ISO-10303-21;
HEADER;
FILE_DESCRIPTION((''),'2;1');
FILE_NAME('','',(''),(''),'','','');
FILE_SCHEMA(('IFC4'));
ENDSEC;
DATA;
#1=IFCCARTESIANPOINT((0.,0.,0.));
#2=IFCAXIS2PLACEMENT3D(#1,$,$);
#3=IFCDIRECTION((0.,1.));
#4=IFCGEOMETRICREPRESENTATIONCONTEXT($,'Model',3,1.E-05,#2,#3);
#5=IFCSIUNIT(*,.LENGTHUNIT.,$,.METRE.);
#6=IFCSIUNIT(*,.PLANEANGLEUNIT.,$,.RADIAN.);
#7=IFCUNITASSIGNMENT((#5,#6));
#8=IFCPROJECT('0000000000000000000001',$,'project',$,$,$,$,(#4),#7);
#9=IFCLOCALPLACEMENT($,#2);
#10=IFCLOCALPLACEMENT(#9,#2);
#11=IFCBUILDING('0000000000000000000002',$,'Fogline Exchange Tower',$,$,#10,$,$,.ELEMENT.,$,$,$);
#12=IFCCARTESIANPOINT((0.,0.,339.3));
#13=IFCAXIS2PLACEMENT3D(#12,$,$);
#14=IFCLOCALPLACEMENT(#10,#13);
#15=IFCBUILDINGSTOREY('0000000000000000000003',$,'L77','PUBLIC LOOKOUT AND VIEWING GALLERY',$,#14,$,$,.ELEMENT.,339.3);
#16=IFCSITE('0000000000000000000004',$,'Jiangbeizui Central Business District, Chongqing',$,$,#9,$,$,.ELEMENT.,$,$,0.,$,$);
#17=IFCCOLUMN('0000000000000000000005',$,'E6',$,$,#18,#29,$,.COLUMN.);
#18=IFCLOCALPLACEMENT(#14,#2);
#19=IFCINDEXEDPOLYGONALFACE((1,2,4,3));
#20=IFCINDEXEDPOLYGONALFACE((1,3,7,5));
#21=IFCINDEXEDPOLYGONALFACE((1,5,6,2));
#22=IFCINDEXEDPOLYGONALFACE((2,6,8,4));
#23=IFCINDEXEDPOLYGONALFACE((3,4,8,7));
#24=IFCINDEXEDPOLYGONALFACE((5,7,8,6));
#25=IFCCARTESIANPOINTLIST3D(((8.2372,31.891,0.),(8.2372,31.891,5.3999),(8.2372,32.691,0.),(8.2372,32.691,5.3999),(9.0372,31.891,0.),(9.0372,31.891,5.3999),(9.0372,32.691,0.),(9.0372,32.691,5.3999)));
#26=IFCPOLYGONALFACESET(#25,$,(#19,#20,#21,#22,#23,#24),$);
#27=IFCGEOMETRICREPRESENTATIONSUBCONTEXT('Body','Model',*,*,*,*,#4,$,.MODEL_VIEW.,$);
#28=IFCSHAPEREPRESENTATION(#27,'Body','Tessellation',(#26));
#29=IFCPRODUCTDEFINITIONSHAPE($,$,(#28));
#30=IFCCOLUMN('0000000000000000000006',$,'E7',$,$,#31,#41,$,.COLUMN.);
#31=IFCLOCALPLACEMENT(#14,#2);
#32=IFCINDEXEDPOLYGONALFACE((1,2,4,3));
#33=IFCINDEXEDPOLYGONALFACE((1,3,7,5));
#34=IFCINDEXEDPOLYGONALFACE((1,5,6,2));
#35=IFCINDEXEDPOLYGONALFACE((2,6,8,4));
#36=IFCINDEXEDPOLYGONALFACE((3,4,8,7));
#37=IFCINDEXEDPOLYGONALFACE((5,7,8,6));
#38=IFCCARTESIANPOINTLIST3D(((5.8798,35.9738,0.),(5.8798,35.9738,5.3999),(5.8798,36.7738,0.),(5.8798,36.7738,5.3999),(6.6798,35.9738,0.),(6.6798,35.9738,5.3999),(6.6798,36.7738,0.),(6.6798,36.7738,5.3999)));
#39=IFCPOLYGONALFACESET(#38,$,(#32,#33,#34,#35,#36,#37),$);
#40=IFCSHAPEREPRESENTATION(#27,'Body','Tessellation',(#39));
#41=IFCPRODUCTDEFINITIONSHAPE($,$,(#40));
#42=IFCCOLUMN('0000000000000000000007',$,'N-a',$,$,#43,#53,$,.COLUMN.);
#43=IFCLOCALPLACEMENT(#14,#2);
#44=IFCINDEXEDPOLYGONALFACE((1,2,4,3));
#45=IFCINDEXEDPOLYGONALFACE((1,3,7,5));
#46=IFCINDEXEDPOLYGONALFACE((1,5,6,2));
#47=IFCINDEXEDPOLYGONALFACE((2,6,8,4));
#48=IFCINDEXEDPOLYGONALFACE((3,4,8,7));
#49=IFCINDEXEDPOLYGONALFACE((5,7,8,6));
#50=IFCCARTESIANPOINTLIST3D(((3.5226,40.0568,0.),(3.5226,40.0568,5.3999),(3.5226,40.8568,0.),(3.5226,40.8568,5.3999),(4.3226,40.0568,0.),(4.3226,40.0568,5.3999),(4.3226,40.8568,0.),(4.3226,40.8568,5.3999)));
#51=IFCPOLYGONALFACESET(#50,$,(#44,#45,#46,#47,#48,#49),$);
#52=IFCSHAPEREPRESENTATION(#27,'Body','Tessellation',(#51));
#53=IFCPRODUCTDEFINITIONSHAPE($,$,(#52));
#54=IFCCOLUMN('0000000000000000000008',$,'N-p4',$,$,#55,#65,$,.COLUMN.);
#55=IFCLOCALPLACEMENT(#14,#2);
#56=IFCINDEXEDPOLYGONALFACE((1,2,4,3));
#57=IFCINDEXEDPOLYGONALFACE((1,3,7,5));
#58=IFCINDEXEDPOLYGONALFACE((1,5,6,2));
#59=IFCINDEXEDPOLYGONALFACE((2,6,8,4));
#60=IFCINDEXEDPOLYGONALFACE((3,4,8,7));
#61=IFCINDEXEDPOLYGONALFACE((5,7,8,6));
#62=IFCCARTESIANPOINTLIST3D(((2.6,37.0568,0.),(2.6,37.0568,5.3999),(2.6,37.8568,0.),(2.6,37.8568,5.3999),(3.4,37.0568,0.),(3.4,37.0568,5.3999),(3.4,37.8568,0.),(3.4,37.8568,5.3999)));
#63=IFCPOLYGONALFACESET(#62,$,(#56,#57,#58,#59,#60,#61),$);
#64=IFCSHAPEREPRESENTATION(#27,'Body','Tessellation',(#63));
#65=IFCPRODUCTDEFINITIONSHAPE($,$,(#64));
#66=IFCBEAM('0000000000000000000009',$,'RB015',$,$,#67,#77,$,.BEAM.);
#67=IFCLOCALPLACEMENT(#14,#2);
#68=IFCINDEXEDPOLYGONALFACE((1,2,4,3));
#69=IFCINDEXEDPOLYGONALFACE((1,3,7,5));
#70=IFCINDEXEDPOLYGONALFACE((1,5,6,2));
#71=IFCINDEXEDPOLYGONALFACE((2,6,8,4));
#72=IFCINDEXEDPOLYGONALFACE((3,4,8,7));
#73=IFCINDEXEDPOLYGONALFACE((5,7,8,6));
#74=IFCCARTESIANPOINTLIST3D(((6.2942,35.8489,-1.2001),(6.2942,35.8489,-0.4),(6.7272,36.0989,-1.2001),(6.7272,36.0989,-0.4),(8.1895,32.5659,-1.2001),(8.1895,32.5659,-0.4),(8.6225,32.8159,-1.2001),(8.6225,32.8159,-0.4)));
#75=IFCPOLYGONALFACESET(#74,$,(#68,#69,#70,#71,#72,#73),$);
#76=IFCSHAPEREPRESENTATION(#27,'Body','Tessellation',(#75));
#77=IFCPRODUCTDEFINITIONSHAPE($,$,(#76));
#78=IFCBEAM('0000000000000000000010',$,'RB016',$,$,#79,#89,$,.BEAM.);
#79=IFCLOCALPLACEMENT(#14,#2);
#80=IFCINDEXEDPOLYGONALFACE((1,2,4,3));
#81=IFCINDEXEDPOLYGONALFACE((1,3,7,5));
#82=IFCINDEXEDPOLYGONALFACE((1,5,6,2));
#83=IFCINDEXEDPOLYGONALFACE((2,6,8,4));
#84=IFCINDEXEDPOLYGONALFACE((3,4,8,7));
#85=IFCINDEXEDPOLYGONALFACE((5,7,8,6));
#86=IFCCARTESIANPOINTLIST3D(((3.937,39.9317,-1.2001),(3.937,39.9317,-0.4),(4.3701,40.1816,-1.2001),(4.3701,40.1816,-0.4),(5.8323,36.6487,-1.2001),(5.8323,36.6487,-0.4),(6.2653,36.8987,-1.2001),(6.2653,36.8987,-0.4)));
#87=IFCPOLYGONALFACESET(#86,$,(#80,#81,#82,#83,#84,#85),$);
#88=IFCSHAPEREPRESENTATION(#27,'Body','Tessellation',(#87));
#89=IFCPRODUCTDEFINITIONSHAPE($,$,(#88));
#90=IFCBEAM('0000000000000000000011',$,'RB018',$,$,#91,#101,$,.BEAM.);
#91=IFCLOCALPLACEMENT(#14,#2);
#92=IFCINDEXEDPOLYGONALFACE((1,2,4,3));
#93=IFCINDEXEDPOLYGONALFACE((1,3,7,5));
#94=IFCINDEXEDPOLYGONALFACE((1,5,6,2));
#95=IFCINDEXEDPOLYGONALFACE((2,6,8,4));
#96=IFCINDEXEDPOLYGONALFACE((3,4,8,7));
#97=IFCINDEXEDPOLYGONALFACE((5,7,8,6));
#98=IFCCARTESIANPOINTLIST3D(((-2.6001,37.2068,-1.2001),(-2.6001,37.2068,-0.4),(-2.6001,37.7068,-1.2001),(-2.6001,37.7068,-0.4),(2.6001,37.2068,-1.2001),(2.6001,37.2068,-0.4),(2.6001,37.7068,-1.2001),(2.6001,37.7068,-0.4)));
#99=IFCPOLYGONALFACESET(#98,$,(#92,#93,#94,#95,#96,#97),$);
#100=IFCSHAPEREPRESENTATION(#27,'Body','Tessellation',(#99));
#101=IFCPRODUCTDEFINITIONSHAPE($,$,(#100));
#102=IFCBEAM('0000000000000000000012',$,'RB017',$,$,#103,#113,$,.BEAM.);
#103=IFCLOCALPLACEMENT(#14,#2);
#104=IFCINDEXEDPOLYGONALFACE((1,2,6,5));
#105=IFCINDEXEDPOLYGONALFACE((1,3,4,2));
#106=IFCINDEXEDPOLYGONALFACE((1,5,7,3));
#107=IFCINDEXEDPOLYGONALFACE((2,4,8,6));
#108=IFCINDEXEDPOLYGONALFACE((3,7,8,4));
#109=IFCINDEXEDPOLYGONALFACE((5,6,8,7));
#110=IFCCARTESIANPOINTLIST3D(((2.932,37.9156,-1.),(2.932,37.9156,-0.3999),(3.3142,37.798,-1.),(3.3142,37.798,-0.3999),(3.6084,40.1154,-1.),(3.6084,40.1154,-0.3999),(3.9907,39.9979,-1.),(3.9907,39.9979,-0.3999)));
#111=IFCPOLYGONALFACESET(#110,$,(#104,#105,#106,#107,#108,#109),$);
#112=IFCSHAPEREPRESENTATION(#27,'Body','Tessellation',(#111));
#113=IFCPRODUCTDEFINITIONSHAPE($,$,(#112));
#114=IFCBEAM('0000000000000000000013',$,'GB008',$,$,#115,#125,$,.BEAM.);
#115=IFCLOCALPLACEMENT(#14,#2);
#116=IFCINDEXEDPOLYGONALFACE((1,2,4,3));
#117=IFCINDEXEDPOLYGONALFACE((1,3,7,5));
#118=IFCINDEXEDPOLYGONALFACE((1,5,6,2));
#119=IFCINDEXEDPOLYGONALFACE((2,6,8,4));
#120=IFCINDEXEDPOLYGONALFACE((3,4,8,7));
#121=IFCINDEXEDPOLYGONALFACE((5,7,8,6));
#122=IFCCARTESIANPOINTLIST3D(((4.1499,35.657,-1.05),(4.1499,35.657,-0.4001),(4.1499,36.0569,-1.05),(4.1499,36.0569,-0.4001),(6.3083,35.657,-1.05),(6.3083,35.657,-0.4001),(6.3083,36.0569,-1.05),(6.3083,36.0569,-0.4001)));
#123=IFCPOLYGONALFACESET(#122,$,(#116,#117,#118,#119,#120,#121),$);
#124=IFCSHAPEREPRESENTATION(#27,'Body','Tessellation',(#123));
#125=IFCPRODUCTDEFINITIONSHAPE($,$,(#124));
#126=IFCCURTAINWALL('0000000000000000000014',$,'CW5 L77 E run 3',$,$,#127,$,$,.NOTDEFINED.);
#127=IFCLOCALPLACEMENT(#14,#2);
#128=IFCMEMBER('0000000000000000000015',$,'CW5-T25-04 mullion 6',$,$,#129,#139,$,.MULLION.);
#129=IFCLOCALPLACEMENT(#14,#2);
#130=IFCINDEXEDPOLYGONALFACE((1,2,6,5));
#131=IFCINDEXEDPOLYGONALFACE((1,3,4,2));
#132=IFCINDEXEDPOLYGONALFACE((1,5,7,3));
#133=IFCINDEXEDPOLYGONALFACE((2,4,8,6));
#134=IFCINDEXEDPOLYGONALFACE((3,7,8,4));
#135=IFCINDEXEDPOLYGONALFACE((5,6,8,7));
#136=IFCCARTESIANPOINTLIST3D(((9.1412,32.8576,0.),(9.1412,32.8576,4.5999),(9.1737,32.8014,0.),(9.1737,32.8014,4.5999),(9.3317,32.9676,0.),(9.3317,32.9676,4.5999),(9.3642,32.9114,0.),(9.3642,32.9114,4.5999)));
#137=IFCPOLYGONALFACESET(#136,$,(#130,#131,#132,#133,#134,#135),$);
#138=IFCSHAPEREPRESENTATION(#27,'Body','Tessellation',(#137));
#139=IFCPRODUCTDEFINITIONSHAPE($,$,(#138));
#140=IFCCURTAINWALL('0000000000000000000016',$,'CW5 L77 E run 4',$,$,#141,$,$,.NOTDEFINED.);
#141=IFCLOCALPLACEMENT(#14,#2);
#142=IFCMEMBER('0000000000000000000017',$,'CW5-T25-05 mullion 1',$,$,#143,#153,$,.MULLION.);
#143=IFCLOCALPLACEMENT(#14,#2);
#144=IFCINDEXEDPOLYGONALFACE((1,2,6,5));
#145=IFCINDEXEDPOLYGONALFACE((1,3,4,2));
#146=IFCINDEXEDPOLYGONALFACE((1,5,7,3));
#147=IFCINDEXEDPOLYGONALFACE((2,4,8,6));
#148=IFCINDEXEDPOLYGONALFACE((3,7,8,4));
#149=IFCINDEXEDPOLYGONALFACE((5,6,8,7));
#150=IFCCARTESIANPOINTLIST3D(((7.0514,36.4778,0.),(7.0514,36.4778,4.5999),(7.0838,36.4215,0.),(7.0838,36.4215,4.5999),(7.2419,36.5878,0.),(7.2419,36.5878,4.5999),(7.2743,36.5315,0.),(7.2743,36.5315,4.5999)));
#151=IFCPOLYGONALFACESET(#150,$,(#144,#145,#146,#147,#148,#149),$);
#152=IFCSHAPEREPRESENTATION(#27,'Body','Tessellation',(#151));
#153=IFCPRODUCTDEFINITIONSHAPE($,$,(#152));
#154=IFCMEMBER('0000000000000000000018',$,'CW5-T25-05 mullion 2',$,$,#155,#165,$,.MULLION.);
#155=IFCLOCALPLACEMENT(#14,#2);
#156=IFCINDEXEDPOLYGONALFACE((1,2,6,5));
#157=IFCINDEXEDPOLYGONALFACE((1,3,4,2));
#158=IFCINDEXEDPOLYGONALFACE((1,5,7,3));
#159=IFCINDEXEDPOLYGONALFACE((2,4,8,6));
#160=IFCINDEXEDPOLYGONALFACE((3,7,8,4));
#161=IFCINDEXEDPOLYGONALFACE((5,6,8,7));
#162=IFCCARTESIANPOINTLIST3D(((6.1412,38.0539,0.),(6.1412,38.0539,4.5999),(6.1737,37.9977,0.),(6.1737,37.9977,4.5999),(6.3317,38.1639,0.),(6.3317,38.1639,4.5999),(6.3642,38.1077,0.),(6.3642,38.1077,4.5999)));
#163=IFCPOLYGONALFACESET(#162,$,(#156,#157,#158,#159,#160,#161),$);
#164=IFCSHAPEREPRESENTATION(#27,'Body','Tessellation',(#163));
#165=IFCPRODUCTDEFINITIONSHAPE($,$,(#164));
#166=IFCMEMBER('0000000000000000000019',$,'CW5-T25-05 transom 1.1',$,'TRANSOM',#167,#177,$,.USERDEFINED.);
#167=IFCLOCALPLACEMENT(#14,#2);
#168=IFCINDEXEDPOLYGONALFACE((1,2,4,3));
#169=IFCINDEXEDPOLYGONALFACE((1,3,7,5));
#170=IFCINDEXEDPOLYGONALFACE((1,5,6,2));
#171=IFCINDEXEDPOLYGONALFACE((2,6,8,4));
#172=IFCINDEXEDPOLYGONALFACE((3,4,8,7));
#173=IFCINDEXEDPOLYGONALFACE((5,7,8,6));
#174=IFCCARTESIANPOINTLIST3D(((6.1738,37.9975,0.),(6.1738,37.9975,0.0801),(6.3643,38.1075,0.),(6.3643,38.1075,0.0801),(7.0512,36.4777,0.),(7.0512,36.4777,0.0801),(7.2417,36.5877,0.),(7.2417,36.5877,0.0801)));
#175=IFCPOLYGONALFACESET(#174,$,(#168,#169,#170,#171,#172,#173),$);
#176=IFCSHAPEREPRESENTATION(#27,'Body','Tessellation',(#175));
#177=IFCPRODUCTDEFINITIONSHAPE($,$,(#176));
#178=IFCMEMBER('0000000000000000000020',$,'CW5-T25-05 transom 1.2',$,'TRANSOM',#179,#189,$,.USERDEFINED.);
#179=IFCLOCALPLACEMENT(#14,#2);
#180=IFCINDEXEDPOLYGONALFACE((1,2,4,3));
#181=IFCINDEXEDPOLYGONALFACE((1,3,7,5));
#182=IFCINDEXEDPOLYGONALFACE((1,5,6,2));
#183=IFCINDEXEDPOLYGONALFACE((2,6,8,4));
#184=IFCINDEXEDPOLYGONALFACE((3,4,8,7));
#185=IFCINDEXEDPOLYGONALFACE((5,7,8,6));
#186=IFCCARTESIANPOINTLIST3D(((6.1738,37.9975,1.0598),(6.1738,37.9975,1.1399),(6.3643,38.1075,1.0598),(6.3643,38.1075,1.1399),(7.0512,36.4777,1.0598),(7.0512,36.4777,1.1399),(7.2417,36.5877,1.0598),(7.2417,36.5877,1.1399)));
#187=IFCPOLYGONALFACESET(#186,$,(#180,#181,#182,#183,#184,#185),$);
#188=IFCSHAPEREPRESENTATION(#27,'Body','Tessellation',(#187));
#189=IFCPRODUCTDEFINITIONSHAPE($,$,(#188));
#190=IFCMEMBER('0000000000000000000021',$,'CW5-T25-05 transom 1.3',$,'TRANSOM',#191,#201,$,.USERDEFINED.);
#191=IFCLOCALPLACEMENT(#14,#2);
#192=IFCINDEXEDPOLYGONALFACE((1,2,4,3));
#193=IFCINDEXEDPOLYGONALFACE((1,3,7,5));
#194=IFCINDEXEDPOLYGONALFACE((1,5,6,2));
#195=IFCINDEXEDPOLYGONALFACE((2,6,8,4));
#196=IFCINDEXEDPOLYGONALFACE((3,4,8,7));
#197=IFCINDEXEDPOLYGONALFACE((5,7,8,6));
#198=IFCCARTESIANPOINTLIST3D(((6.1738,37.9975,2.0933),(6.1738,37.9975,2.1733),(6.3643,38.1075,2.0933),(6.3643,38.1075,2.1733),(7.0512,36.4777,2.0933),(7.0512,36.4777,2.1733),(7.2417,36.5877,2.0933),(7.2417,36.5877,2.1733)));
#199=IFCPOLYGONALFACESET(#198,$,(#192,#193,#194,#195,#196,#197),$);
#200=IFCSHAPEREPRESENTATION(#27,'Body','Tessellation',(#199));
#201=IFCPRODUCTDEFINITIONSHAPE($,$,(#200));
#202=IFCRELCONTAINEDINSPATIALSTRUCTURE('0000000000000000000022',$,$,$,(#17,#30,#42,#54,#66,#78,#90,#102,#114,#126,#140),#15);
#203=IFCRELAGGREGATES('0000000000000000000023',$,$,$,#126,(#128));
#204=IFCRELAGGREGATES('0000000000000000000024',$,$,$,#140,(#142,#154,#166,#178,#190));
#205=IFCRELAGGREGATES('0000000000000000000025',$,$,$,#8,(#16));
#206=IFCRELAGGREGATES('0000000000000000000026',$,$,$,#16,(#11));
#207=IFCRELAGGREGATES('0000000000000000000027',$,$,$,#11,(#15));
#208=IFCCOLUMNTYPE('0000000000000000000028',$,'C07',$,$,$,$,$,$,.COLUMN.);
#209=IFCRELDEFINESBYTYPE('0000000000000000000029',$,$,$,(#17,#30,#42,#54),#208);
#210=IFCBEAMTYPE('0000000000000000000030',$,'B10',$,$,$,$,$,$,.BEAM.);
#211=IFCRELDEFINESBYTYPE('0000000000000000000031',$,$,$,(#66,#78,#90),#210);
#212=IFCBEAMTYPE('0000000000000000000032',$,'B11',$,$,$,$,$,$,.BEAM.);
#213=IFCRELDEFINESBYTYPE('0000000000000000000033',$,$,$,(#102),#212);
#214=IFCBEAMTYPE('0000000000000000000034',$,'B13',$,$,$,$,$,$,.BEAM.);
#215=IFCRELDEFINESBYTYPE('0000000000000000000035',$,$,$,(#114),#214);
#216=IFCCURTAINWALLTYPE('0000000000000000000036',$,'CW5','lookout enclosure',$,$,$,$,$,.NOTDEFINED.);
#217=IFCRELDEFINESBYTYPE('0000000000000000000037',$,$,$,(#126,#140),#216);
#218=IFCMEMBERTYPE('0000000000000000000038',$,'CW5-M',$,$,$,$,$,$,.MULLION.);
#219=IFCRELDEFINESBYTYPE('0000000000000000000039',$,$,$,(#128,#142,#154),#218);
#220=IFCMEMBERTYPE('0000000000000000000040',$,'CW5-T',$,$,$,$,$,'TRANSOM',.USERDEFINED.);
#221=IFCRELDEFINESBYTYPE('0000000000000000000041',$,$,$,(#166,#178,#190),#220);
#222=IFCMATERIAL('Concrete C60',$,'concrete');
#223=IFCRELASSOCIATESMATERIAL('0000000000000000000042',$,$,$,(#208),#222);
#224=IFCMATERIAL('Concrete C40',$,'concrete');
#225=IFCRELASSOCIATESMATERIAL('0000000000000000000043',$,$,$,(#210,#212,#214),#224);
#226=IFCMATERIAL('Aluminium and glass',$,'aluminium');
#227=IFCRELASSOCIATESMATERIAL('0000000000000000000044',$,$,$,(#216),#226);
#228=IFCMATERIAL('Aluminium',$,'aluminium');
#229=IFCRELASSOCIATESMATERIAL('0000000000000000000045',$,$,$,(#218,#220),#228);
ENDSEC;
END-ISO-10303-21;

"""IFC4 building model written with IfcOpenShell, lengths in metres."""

from ifc_helpers import new_model, si_unit, direction, frame, origin, origin_2d, place, context, subcontext, project, spatial, rectangle, extrude, material, material_profile, profile_set, type_object, element, aggregate, save


model = new_model("IFC4")

# Units and contexts
model_context = context("Model", 3, precision=1e-05, world=origin(), true_north=direction((0.0, 1.0)))
body_context = subcontext(model_context, "Body", "Model", "MODEL_VIEW")
ifc_project = project(units=[si_unit("LENGTHUNIT", "METRE"), si_unit("PLANEANGLEUNIT", "RADIAN")], contexts=[model_context])

# Site, building, storey
site_placement = place(None, origin())
site = spatial("IfcSite", under=ifc_project, at=site_placement, Name="Jiangbeizui Central Business District, Chongqing", CompositionType="ELEMENT", RefElevation=0.0)
building_placement = place(site_placement, origin())
building = spatial("IfcBuilding", under=site, at=building_placement, Name="Fogline Exchange Tower", CompositionType="ELEMENT")
storey_placement = place(building_placement, frame((0.0, 0.0, 339.3)))
storey = spatial("IfcBuildingStorey", under=building, at=storey_placement, Name="L77", Description="PUBLIC LOOKOUT AND VIEWING GALLERY", CompositionType="ELEMENT", Elevation=339.3)

# Columns
ifc_material_1 = material(Name="Concrete C60", Category="concrete")
ifc_material_profile_1 = material_profile(ifc_material_1, rectangle(XDim=0.8, YDim=0.8, at=origin_2d()), Name="RC 800x800")
ifc_profile_set_1 = profile_set([ifc_material_profile_1], Name="Concrete C60")
column_type = type_object("IfcColumnType", Name="C07", PredefinedType="COLUMN", material=ifc_profile_set_1)
for number, where, z_axis, x_axis, name in (
    (1, (8.6372, 32.291, 0.0), (0.0, 0.0, 1.0), (1.0, 0.0, 0.0), "E6"),
    (2, (6.2798, 36.3738, 0.0), (0.0, 0.0, 1.0), (1.0, 0.0, 0.0), "E7"),
    (3, (3.9226, 40.4568, 0.0), (0.0, 0.0, 1.0), (1.0, 0.0, 0.0), "N-a"),
    (4, (3.0, 37.4568, 0.0), (0.0, 0.0, 1.0), (1.0, 0.0, 0.0), "N-p4"),
):
    element("IfcColumn", number, at=place(storey_placement, frame(where, z_axis=z_axis, x_axis=x_axis)), inside=storey, type_object=column_type, Name=name, PredefinedType="COLUMN", context=body_context, shape_type="SweptSolid", body=[
        extrude(rectangle(XDim=0.8, YDim=0.8, at=origin_2d()), origin(), (0.0, 0.0, 1.0), 5.3999),
    ])

# Beams
ifc_material_2 = material(Name="Concrete C40", Category="concrete")
ifc_material_profile_2 = material_profile(ifc_material_2, rectangle(XDim=0.5, YDim=0.8, at=origin_2d()), Name="RC 500x800")
ifc_profile_set_2 = profile_set([ifc_material_profile_2], Name="Concrete C40")
beam_type_1 = type_object("IfcBeamType", Name="B10", PredefinedType="BEAM", material=ifc_profile_set_2)
for number, where, z_axis, x_axis, name in (
    (5, (8.406, 32.6909, -0.8), (-0.49997, 0.866043, 0.0), (-0.866043, -0.49997, 0.0), "RB015"),
    (6, (6.0488, 36.7737, -0.8), (-0.49997, 0.866043, 0.0), (-0.866043, -0.49997, 0.0), "RB016"),
):
    element("IfcBeam", number, at=place(storey_placement, frame(where, z_axis=z_axis, x_axis=x_axis)), inside=storey, type_object=beam_type_1, Name=name, PredefinedType="BEAM", context=body_context, shape_type="SweptSolid", body=[
        extrude(rectangle(XDim=0.5, YDim=0.8, at=origin_2d()), origin(), (0.0, 0.0, 1.0), 3.7908),
    ])
beam_1_placement = place(storey_placement, frame((2.6001, 37.4568, -0.8), z_axis=(-1.0, 0.0, 0.0), x_axis=(0.0, -1.0, 0.0)))
element("IfcBeam", 7, at=beam_1_placement, inside=storey, type_object=beam_type_1, Name="RB018", PredefinedType="BEAM", context=body_context, shape_type="SweptSolid", body=[
    extrude(rectangle(XDim=0.5, YDim=0.8, at=origin_2d()), origin(), (0.0, 0.0, 1.0), 5.2002),
])
ifc_material_profile_3 = material_profile(ifc_material_2, rectangle(XDim=0.3999, YDim=0.6001, at=origin_2d()), Name="RC 400x600")
ifc_profile_set_3 = profile_set([ifc_material_profile_3], Name="Concrete C40")
beam_type_2 = type_object("IfcBeamType", Name="B11", PredefinedType="BEAM", material=ifc_profile_set_3)
beam_2_placement = place(storey_placement, frame((3.7996, 40.0566, -0.7), z_axis=(-0.293929, -0.955827, 0.0), x_axis=(0.955827, -0.293929, 0.0)))
element("IfcBeam", 8, at=beam_2_placement, inside=storey, type_object=beam_type_2, Name="RB017", PredefinedType="BEAM", context=body_context, shape_type="SweptSolid", body=[
    extrude(rectangle(XDim=0.3999, YDim=0.6001, at=origin_2d()), origin(), (0.0, 0.0, 1.0), 2.3015),
])
ifc_material_profile_4 = material_profile(ifc_material_2, rectangle(XDim=0.3999, YDim=0.6499, at=origin_2d()), Name="RC 400x650")
ifc_profile_set_4 = profile_set([ifc_material_profile_4], Name="Concrete C40")
beam_type_3 = type_object("IfcBeamType", Name="B13", PredefinedType="BEAM", material=ifc_profile_set_4)
beam_3_placement = place(storey_placement, frame((4.1499, 35.8569, -0.7251), z_axis=(1.0, 0.0, 0.0), x_axis=(0.0, 1.0, 0.0)))
element("IfcBeam", 9, at=beam_3_placement, inside=storey, type_object=beam_type_3, Name="GB008", PredefinedType="BEAM", context=body_context, shape_type="SweptSolid", body=[
    extrude(rectangle(XDim=0.3999, YDim=0.6499, at=origin_2d()), origin(), (0.0, 0.0, 1.0), 2.1584),
])

# Curtain wall, member
ifc_material_3 = material(Name="Aluminium and glass", Category="aluminium")
curtain_wall_type = type_object("IfcCurtainWallType", Name="CW5", Description="lookout enclosure", PredefinedType="NOTDEFINED", material=ifc_material_3)
curtain_wall_1_placement = place(storey_placement, origin())
curtain_wall_1 = element("IfcCurtainWall", 10, at=curtain_wall_1_placement, inside=storey, type_object=curtain_wall_type, Name="CW5 L77 E run 3", PredefinedType="NOTDEFINED")
ifc_material_4 = material(Name="Aluminium", Category="aluminium")
ifc_material_profile_5 = material_profile(ifc_material_4, rectangle(XDim=0.22, YDim=0.0649, at=origin_2d()), Name="Mullion 65x220")
ifc_profile_set_5 = profile_set([ifc_material_profile_5], Name="Aluminium")
member_type_1 = type_object("IfcMemberType", Name="CW5-M", PredefinedType="MULLION", material=ifc_profile_set_5)
member_1_placement = place(storey_placement, frame((9.2527, 32.8845, 0.0), z_axis=(0.0, 0.0, 1.0), x_axis=(-0.866025, -0.5, 0.0)))
member_1 = element("IfcMember", 11, at=member_1_placement, type_object=member_type_1, Name="CW5-T25-04 mullion 6", PredefinedType="MULLION", context=body_context, shape_type="SweptSolid", body=[
    extrude(rectangle(XDim=0.22, YDim=0.0649, at=origin_2d()), origin(), (0.0, 0.0, 1.0), 4.5999),
])

# Curtain wall, members
curtain_wall_2_placement = place(storey_placement, origin())
curtain_wall_2 = element("IfcCurtainWall", 12, at=curtain_wall_2_placement, inside=storey, type_object=curtain_wall_type, Name="CW5 L77 E run 4", PredefinedType="NOTDEFINED")
member_2_placement = place(storey_placement, frame((7.1628, 36.5046, 0.0), z_axis=(0.0, 0.0, 1.0), x_axis=(-0.866026, -0.5, 0.0)))
member_2 = element("IfcMember", 13, at=member_2_placement, type_object=member_type_1, Name="CW5-T25-05 mullion 1", PredefinedType="MULLION", context=body_context, shape_type="SweptSolid", body=[
    extrude(rectangle(XDim=0.22, YDim=0.0649, at=origin_2d()), origin(), (0.0, 0.0, 1.0), 4.5999),
])
member_3_placement = place(storey_placement, frame((6.2527, 38.0808, 0.0), z_axis=(0.0, 0.0, 1.0), x_axis=(-0.866026, -0.5, 0.0)))
member_3 = element("IfcMember", 14, at=member_3_placement, type_object=member_type_1, Name="CW5-T25-05 mullion 2", PredefinedType="MULLION", context=body_context, shape_type="SweptSolid", body=[
    extrude(rectangle(XDim=0.22, YDim=0.0649, at=origin_2d()), origin(), (0.0, 0.0, 1.0), 4.5999),
])
ifc_material_profile_6 = material_profile(ifc_material_4, rectangle(XDim=0.22, YDim=0.0801, at=origin_2d()), Name="Transom 80x220")
ifc_profile_set_6 = profile_set([ifc_material_profile_6], Name="Aluminium")
member_type_2 = type_object("IfcMemberType", Name="CW5-T", ElementType="TRANSOM", PredefinedType="USERDEFINED", material=ifc_profile_set_6)
member_4_placement = place(storey_placement, frame((7.1465, 36.5327, 0.04), z_axis=(-0.499999, 0.866026, 0.0), x_axis=(-0.866026, -0.499999, 0.0)))
member_4 = element("IfcMember", 15, at=member_4_placement, type_object=member_type_2, Name="CW5-T25-05 transom 1.1", ObjectType="TRANSOM", PredefinedType="USERDEFINED", context=body_context, shape_type="SweptSolid", body=[
    extrude(rectangle(XDim=0.22, YDim=0.0801, at=origin_2d()), origin(), (0.0, 0.0, 1.0), 1.7549),
])
member_5_placement = place(storey_placement, frame((7.1465, 36.5327, 1.0999), z_axis=(-0.499999, 0.866026, 0.0), x_axis=(-0.866026, -0.499999, 0.0)))
member_5 = element("IfcMember", 16, at=member_5_placement, type_object=member_type_2, Name="CW5-T25-05 transom 1.2", ObjectType="TRANSOM", PredefinedType="USERDEFINED", context=body_context, shape_type="SweptSolid", body=[
    extrude(rectangle(XDim=0.22, YDim=0.0801, at=origin_2d()), origin(), (0.0, 0.0, 1.0), 1.7549),
])
member_6_placement = place(storey_placement, frame((7.1465, 36.5327, 2.1333), z_axis=(-0.499999, 0.866026, 0.0), x_axis=(-0.866026, -0.499999, 0.0)))
member_6 = element("IfcMember", 17, at=member_6_placement, type_object=member_type_2, Name="CW5-T25-05 transom 1.3", ObjectType="TRANSOM", PredefinedType="USERDEFINED", context=body_context, shape_type="SweptSolid", body=[
    extrude(rectangle(XDim=0.22, YDim=0.0801, at=origin_2d()), origin(), (0.0, 0.0, 1.0), 1.7549),
])

aggregate(curtain_wall_1, [member_1])
aggregate(curtain_wall_2, [member_2, member_3, member_4, member_5, member_6])

save(model, "model.ifc")
